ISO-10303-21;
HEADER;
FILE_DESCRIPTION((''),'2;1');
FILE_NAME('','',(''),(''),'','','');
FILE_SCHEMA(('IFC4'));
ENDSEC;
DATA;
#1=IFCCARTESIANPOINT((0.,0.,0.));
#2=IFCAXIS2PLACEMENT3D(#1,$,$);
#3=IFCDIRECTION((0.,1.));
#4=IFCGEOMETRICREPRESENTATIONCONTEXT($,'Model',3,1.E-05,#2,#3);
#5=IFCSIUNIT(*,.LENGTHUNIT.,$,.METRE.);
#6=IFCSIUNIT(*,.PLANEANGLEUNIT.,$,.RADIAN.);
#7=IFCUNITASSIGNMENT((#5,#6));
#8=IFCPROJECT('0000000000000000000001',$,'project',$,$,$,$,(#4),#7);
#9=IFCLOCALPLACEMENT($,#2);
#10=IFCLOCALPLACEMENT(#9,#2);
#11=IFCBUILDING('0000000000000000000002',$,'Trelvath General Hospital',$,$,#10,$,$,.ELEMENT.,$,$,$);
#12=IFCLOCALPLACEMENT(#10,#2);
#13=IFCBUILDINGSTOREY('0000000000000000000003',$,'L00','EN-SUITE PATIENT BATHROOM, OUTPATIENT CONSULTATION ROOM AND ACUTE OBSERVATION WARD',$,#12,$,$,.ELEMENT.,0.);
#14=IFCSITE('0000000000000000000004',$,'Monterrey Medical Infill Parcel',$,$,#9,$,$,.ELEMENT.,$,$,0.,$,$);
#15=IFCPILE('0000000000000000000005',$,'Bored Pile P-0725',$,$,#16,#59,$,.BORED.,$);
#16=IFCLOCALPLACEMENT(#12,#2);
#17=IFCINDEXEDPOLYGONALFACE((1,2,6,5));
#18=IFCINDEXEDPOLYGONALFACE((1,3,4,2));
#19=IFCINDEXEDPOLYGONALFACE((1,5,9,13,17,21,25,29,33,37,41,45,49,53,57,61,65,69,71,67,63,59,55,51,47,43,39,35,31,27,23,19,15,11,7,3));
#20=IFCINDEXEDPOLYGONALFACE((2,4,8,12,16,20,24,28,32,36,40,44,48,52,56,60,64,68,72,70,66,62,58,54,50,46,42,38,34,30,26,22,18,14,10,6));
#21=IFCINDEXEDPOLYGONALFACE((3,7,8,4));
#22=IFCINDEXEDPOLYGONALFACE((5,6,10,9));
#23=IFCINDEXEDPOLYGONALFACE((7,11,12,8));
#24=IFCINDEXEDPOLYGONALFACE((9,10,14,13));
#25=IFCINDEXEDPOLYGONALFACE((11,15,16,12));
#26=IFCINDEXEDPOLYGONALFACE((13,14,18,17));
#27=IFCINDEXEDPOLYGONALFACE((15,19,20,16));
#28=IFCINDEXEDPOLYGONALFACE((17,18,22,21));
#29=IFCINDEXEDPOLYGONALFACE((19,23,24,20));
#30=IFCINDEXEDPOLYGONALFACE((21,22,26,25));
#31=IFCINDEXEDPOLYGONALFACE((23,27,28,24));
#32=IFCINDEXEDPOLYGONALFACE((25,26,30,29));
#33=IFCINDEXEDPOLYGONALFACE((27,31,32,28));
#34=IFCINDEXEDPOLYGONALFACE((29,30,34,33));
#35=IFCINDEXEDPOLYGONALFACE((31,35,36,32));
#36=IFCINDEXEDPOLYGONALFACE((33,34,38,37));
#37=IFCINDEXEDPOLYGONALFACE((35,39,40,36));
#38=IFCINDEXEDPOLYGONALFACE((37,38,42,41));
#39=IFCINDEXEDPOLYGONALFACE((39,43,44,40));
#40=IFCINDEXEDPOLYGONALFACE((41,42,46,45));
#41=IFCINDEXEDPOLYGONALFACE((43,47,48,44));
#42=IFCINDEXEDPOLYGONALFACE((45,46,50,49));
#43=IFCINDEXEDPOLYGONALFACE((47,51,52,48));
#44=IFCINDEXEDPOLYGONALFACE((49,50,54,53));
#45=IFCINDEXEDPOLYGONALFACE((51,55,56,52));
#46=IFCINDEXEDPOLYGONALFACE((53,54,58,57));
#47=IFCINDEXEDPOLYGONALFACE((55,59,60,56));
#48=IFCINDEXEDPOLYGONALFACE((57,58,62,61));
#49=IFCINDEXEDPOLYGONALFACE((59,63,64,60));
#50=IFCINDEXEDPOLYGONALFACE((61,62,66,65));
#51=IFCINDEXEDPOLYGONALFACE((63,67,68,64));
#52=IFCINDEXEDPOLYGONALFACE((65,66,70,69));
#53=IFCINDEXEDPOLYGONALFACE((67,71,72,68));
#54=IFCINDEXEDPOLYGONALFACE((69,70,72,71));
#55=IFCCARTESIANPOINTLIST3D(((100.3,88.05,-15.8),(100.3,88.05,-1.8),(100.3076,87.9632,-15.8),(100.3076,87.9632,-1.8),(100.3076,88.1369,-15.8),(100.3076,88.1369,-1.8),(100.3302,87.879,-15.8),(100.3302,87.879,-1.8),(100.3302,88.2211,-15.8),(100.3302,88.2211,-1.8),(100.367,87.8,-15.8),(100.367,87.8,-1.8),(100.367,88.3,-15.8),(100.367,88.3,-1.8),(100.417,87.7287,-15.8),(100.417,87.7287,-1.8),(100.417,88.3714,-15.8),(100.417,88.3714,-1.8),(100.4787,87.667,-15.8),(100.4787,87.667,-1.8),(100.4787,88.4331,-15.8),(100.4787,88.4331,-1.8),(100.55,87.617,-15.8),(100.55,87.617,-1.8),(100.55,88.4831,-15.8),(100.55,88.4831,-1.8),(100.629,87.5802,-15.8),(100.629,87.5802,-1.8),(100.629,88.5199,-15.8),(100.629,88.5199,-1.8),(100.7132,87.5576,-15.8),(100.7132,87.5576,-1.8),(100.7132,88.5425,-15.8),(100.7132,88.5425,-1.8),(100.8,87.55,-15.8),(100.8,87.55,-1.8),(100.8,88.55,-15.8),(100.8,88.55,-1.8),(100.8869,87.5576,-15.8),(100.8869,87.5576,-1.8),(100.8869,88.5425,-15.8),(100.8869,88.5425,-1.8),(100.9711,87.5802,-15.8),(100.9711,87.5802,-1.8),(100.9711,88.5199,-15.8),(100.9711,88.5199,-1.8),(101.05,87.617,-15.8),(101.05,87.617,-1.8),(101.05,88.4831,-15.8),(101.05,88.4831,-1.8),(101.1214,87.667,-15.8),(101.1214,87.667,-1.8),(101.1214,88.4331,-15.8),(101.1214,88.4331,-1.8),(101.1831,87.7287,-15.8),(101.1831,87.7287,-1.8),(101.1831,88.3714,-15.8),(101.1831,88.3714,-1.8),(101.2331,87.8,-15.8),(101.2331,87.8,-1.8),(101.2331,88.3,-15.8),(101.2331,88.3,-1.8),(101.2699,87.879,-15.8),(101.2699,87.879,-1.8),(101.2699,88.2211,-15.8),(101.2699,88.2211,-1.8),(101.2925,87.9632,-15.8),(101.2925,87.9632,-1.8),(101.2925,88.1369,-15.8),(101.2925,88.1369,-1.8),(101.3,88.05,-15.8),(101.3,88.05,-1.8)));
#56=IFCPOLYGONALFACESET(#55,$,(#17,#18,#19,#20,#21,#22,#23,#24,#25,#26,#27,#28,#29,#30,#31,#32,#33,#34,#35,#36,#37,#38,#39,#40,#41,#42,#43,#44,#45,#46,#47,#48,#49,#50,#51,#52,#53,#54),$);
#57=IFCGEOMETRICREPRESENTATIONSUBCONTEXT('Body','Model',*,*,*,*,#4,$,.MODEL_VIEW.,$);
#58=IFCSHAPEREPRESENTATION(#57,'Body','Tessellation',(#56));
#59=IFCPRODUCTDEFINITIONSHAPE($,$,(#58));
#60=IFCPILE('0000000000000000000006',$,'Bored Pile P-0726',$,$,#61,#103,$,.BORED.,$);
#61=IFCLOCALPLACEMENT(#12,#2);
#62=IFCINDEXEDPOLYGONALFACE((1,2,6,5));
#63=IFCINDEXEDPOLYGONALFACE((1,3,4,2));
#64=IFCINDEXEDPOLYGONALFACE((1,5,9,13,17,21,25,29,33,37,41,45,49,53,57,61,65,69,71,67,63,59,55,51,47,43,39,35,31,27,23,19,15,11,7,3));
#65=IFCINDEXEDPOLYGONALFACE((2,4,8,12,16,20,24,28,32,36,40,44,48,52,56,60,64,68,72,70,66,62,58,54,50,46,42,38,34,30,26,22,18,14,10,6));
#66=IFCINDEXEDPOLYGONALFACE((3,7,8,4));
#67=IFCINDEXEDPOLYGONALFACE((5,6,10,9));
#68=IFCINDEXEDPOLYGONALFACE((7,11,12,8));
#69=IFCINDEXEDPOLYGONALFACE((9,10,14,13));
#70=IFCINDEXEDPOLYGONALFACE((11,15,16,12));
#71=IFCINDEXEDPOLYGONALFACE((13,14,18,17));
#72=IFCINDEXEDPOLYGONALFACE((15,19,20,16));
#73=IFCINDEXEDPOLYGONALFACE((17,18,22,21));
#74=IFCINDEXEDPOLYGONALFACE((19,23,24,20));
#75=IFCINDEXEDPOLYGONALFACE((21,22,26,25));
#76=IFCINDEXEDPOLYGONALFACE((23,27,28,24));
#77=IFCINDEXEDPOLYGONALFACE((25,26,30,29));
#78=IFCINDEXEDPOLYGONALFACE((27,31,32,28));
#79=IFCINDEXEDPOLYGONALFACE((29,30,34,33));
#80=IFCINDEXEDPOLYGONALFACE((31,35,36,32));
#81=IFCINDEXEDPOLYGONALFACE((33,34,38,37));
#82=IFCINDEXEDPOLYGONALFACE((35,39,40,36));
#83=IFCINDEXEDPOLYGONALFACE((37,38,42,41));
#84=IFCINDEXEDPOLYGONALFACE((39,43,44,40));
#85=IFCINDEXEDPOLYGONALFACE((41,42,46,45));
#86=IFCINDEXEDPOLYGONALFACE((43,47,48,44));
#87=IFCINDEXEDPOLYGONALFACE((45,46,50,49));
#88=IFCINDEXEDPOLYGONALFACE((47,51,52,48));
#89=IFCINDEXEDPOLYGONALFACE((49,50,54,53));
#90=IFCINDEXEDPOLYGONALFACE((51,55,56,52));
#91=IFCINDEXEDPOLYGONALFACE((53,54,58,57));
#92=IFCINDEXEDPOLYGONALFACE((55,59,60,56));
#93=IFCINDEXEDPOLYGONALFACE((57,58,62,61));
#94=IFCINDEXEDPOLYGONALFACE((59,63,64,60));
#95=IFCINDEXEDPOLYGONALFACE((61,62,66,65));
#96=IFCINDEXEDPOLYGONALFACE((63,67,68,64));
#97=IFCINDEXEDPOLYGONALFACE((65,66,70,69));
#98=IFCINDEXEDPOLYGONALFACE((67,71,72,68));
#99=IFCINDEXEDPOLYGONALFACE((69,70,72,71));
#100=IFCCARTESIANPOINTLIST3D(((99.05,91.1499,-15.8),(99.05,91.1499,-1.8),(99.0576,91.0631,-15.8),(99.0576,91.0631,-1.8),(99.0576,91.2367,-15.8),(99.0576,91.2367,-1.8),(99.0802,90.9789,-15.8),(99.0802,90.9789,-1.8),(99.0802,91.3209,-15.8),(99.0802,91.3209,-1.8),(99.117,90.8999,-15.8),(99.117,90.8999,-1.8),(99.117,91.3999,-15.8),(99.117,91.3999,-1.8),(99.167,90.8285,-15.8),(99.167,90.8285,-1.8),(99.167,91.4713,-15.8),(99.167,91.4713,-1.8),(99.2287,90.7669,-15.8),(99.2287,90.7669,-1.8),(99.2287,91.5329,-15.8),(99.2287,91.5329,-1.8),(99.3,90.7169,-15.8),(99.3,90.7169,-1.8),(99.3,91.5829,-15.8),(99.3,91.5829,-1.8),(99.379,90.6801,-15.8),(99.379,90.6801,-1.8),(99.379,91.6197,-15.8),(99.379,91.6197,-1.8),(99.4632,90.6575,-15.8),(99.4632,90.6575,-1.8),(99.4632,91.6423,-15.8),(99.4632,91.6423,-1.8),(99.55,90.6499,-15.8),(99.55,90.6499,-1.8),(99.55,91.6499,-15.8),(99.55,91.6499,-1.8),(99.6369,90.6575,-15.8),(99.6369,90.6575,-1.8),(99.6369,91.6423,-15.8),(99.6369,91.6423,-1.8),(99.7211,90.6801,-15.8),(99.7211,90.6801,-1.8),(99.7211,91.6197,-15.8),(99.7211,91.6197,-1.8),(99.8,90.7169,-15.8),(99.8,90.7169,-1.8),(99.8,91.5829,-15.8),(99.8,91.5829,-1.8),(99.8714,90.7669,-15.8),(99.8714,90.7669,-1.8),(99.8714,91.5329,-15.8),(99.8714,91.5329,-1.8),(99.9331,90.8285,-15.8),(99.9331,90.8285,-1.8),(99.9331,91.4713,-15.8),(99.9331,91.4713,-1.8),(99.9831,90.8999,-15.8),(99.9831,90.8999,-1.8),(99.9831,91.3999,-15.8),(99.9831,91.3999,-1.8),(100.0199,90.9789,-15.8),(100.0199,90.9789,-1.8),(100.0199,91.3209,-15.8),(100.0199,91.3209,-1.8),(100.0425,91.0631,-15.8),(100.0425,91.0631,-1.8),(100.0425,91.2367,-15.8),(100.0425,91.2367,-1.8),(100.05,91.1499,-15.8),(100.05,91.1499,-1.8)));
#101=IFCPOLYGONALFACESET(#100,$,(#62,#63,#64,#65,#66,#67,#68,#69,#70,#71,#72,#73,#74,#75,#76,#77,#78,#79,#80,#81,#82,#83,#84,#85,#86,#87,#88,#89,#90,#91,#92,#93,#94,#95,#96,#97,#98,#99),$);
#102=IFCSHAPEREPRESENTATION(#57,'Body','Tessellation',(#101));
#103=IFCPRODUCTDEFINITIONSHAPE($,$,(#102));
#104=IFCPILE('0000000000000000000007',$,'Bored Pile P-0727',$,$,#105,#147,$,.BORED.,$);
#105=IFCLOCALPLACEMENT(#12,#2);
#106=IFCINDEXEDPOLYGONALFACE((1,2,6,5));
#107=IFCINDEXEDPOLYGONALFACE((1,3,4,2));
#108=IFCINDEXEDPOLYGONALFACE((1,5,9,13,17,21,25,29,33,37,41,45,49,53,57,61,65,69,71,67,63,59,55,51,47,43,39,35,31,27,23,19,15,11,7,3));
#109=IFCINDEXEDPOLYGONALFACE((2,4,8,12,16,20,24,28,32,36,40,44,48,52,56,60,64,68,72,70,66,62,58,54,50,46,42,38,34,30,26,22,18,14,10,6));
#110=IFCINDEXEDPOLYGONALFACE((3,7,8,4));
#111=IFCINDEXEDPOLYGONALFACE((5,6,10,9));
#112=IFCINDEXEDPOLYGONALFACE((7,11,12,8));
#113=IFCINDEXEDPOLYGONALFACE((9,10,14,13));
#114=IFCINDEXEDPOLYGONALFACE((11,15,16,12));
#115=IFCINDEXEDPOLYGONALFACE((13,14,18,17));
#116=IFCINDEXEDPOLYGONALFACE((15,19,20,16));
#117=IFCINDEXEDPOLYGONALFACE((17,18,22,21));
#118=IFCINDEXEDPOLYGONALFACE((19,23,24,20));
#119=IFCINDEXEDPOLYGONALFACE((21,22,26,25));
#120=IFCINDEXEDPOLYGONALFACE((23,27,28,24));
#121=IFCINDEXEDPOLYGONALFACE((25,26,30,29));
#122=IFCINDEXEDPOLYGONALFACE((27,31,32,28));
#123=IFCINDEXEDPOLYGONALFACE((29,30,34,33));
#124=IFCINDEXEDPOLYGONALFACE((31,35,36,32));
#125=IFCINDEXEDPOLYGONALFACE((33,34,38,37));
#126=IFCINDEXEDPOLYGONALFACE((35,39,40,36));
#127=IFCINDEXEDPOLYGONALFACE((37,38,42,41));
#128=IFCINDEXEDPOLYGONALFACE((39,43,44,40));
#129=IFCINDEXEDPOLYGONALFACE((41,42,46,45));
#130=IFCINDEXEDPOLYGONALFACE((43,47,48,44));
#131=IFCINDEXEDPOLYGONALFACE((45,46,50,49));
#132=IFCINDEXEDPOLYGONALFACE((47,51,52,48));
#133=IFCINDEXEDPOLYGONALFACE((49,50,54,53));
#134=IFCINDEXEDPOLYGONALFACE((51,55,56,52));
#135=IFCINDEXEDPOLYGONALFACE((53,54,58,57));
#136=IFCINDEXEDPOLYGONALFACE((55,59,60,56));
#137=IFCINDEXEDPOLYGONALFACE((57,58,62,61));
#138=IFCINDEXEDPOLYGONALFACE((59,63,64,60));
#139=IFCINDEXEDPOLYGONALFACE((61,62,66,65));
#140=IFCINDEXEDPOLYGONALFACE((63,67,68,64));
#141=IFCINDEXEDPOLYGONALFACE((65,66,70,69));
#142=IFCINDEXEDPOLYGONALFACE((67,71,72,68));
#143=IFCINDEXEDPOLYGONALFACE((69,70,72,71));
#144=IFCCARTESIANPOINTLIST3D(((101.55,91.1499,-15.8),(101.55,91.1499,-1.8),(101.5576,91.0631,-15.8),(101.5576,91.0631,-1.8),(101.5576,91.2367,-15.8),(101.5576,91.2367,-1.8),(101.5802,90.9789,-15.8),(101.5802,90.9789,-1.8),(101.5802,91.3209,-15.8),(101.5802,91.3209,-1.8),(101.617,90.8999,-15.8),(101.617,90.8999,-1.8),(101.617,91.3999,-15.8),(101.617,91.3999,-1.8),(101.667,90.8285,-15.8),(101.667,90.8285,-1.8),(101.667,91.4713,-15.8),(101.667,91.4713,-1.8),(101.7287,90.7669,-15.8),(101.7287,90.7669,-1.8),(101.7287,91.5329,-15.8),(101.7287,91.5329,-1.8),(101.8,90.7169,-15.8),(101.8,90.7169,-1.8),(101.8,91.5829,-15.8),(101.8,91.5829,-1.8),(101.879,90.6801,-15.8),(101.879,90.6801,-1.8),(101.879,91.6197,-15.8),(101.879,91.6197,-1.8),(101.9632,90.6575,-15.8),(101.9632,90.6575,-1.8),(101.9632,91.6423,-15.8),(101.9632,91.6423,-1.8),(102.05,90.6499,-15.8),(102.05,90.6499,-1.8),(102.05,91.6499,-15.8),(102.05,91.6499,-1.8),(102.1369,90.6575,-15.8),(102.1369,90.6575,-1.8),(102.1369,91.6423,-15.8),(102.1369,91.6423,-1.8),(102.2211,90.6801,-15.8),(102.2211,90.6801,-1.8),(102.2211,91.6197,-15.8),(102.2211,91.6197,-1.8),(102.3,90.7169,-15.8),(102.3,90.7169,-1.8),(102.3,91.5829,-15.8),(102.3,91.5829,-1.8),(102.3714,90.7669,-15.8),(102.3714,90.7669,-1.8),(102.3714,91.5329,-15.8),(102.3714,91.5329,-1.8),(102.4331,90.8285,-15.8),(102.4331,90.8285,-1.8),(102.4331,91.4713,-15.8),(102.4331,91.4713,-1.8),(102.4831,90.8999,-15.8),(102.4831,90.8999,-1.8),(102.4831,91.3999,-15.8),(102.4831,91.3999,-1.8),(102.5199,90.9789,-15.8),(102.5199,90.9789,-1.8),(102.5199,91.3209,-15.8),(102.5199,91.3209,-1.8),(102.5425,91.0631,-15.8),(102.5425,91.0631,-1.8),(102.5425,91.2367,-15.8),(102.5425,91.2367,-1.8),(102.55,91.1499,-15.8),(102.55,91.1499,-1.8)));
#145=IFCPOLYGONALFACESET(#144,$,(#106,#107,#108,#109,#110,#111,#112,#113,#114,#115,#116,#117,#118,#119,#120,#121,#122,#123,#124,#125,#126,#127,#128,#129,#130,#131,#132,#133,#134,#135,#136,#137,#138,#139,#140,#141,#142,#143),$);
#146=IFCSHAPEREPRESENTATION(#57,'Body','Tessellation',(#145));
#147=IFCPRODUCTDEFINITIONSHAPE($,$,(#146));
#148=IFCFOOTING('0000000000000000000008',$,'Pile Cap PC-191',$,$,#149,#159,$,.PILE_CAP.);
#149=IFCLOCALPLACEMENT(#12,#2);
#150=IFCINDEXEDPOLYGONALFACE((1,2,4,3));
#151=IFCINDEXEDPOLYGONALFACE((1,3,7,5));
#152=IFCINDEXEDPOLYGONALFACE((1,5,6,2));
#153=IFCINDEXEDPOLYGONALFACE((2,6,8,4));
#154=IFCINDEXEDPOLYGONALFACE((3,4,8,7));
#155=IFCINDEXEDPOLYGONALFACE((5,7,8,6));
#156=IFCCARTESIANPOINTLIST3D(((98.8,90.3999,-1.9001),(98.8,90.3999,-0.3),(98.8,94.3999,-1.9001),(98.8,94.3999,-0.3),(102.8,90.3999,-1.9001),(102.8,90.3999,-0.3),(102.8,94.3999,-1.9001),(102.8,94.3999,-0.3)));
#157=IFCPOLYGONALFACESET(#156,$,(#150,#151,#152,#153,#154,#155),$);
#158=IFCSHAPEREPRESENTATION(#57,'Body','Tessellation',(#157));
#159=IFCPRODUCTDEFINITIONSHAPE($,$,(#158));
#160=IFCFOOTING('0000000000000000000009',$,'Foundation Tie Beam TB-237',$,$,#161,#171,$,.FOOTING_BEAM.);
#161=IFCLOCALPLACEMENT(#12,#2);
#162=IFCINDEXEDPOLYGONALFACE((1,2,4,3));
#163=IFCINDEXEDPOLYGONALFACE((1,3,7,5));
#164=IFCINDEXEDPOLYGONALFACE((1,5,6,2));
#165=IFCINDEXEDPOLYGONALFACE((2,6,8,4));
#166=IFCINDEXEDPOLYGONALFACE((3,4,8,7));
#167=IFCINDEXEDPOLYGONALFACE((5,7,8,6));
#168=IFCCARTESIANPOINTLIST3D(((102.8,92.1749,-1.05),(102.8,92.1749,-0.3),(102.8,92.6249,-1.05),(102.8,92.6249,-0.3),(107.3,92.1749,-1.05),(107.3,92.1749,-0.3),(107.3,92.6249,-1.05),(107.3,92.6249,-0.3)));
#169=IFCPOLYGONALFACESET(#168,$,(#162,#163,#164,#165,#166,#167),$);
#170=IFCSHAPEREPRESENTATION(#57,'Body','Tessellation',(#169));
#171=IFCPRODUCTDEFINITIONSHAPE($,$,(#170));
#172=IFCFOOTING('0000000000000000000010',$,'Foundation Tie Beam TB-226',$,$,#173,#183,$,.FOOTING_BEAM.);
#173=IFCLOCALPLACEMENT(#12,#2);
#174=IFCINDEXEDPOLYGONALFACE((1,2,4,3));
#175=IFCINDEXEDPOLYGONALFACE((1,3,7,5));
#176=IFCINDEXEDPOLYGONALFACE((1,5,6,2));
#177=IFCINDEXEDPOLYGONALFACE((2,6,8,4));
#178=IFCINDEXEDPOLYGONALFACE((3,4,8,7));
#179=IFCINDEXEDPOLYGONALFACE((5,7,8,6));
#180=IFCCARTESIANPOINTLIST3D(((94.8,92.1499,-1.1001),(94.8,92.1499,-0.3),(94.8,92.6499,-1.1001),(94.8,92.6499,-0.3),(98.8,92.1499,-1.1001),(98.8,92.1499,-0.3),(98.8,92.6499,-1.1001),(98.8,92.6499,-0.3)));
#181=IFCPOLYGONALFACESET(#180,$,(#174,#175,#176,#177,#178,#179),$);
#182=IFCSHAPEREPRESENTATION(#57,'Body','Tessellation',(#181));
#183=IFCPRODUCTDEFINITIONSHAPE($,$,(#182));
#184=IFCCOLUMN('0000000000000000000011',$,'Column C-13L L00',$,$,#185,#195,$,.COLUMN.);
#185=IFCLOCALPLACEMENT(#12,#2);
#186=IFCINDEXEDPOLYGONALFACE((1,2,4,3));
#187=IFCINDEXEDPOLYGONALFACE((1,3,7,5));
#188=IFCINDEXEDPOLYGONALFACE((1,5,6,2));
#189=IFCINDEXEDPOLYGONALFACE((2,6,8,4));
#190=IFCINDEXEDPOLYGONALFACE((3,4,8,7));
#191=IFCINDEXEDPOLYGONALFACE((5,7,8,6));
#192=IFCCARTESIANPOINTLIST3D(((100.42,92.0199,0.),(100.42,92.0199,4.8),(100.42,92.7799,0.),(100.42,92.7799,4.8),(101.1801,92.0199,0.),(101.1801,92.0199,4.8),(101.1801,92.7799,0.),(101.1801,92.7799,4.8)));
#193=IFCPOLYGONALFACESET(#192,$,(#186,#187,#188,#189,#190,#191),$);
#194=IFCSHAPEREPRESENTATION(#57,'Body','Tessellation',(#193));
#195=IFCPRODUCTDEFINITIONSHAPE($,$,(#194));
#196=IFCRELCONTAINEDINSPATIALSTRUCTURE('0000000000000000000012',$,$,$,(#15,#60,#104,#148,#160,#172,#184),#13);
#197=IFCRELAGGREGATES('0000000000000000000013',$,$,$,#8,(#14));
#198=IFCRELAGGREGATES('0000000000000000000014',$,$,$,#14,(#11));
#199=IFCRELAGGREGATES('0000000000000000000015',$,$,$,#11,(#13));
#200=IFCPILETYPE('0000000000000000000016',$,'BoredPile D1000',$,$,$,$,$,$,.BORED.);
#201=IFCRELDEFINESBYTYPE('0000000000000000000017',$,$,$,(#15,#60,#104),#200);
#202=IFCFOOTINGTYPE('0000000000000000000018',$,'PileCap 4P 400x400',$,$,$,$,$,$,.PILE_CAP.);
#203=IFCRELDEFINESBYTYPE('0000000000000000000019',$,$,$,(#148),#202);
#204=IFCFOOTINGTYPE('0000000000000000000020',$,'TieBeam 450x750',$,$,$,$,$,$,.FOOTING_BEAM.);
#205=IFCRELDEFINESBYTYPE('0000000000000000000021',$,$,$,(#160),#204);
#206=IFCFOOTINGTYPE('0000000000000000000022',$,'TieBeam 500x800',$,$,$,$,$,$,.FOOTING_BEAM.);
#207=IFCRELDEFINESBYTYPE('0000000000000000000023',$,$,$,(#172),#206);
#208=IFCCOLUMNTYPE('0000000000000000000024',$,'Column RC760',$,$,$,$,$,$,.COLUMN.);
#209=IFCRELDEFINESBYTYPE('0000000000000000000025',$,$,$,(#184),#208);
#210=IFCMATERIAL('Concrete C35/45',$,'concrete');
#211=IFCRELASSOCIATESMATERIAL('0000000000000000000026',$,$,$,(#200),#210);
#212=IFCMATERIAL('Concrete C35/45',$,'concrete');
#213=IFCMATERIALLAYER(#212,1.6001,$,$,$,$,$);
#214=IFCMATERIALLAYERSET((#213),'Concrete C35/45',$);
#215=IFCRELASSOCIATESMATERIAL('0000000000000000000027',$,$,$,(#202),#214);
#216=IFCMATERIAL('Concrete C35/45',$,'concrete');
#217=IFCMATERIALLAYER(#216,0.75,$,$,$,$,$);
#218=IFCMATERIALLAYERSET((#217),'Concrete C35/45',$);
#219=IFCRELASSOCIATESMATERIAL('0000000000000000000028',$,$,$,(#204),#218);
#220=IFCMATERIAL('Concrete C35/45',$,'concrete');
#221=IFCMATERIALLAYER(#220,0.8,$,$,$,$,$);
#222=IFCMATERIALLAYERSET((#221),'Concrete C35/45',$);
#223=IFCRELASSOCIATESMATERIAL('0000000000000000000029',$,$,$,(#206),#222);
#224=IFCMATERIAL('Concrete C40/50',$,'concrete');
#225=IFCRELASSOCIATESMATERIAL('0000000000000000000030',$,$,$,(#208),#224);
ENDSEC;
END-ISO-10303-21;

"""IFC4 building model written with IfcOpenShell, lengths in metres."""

from ifc_helpers import new_model, si_unit, direction, frame, origin, origin_2d, place, context, subcontext, project, spatial, rectangle, circle, extrude, material, layer, layer_set, material_profile, profile_set, type_object, element, save


model = new_model("IFC4")

# Units and contexts
model_context = context("Model", 3, precision=1e-05, world=origin(), true_north=direction((0.0, 1.0)))
body_context = subcontext(model_context, "Body", "Model", "MODEL_VIEW")
ifc_project = project(units=[si_unit("LENGTHUNIT", "METRE"), si_unit("PLANEANGLEUNIT", "RADIAN")], contexts=[model_context])

# Site, building, storey
site_placement = place(None, origin())
site = spatial("IfcSite", under=ifc_project, at=site_placement, Name="Monterrey Medical Infill Parcel", CompositionType="ELEMENT", RefElevation=0.0)
building_placement = place(site_placement, origin())
building = spatial("IfcBuilding", under=site, at=building_placement, Name="Trelvath General Hospital", CompositionType="ELEMENT")
storey_placement = place(building_placement, origin())
storey = spatial("IfcBuildingStorey", under=building, at=storey_placement, Name="L00", Description="EN-SUITE PATIENT BATHROOM, OUTPATIENT CONSULTATION ROOM AND ACUTE OBSERVATION WARD", CompositionType="ELEMENT", Elevation=0.0)

# Piles
ifc_material_1 = material(Name="Concrete C35/45", Category="concrete")
ifc_material_profile_1 = material_profile(ifc_material_1, circle(Radius=0.5, at=origin_2d()), Name="PILE1000")
ifc_profile_set_1 = profile_set([ifc_material_profile_1], Name="Concrete C35/45")
pile_type = type_object("IfcPileType", Name="BoredPile D1000", PredefinedType="BORED", material=ifc_profile_set_1)
for number, where, z_axis, x_axis, name in (
    (1, (100.8, 88.05, -1.8), (0.0, 0.0, -1.0), (1.0, 0.0, 0.0), "Bored Pile P-0725"),
    (2, (99.55, 91.1499, -1.8), (0.0, 0.0, -1.0), (1.0, 0.0, 0.0), "Bored Pile P-0726"),
    (3, (102.05, 91.1499, -1.8), (0.0, 0.0, -1.0), (1.0, 0.0, 0.0), "Bored Pile P-0727"),
):
    element("IfcPile", number, at=place(storey_placement, frame(where, z_axis=z_axis, x_axis=x_axis)), inside=storey, type_object=pile_type, Name=name, PredefinedType="BORED", context=body_context, shape_type="SweptSolid", body=[
        extrude(circle(Radius=0.5, at=origin_2d()), origin(), (0.0, 0.0, 1.0), 14.0),
    ])

# Footings
ifc_material_2 = material(Name="Concrete C35/45", Category="concrete")
ifc_layer_1 = layer(ifc_material_2, 1.6001)
ifc_layer_set_1 = layer_set([ifc_layer_1], Name="Concrete C35/45")
footing_type_1 = type_object("IfcFootingType", Name="PileCap 4P 400x400", PredefinedType="PILE_CAP", material=ifc_layer_set_1)
footing_1_placement = place(storey_placement, frame((100.8, 92.3999, -1.9001), z_axis=(0.0, 0.0, 1.0), x_axis=(1.0, 0.0, 0.0)))
element("IfcFooting", 4, at=footing_1_placement, inside=storey, type_object=footing_type_1, Name="Pile Cap PC-191", PredefinedType="PILE_CAP", context=body_context, shape_type="SweptSolid", body=[
    extrude(rectangle(XDim=4.0, YDim=4.0, at=origin_2d()), origin(), (0.0, 0.0, 1.0), 1.6001),
])
ifc_material_3 = material(Name="Concrete C35/45", Category="concrete")
ifc_layer_2 = layer(ifc_material_3, 0.75)
ifc_layer_set_2 = layer_set([ifc_layer_2], Name="Concrete C35/45")
footing_type_2 = type_object("IfcFootingType", Name="TieBeam 450x750", PredefinedType="FOOTING_BEAM", material=ifc_layer_set_2)
footing_2_placement = place(storey_placement, frame((105.05, 92.3999, -1.05), z_axis=(0.0, 0.0, 1.0), x_axis=(1.0, 0.0, 0.0)))
element("IfcFooting", 5, at=footing_2_placement, inside=storey, type_object=footing_type_2, Name="Foundation Tie Beam TB-237", PredefinedType="FOOTING_BEAM", context=body_context, shape_type="SweptSolid", body=[
    extrude(rectangle(XDim=4.5, YDim=0.45, at=origin_2d()), origin(), (0.0, 0.0, 1.0), 0.75),
])
ifc_material_4 = material(Name="Concrete C35/45", Category="concrete")
ifc_layer_3 = layer(ifc_material_4, 0.8)
ifc_layer_set_3 = layer_set([ifc_layer_3], Name="Concrete C35/45")
footing_type_3 = type_object("IfcFootingType", Name="TieBeam 500x800", PredefinedType="FOOTING_BEAM", material=ifc_layer_set_3)
footing_3_placement = place(storey_placement, frame((96.8, 92.3999, -1.1001), z_axis=(0.0, 0.0, 1.0), x_axis=(1.0, 0.0, 0.0)))
element("IfcFooting", 6, at=footing_3_placement, inside=storey, type_object=footing_type_3, Name="Foundation Tie Beam TB-226", PredefinedType="FOOTING_BEAM", context=body_context, shape_type="SweptSolid", body=[
    extrude(rectangle(XDim=4.0, YDim=0.5, at=origin_2d()), origin(), (0.0, 0.0, 1.0), 0.8),
])

# Column
ifc_material_5 = material(Name="Concrete C40/50", Category="concrete")
ifc_material_profile_2 = material_profile(ifc_material_5, rectangle(XDim=0.76, YDim=0.76, at=origin_2d()), Name="RC760x760")
ifc_profile_set_2 = profile_set([ifc_material_profile_2], Name="Concrete C40/50")
column_type = type_object("IfcColumnType", Name="Column RC760", PredefinedType="COLUMN", material=ifc_profile_set_2)
column_placement = place(storey_placement, frame((100.8, 92.3999, 0.0), z_axis=(0.0, 0.0, 1.0), x_axis=(1.0, 0.0, 0.0)))
element("IfcColumn", 7, at=column_placement, inside=storey, type_object=column_type, Name="Column C-13L L00", PredefinedType="COLUMN", context=body_context, shape_type="SweptSolid", body=[
    extrude(rectangle(XDim=0.76, YDim=0.76, at=origin_2d()), origin(), (0.0, 0.0, 1.0), 4.8),
])

save(model, "model.ifc")
